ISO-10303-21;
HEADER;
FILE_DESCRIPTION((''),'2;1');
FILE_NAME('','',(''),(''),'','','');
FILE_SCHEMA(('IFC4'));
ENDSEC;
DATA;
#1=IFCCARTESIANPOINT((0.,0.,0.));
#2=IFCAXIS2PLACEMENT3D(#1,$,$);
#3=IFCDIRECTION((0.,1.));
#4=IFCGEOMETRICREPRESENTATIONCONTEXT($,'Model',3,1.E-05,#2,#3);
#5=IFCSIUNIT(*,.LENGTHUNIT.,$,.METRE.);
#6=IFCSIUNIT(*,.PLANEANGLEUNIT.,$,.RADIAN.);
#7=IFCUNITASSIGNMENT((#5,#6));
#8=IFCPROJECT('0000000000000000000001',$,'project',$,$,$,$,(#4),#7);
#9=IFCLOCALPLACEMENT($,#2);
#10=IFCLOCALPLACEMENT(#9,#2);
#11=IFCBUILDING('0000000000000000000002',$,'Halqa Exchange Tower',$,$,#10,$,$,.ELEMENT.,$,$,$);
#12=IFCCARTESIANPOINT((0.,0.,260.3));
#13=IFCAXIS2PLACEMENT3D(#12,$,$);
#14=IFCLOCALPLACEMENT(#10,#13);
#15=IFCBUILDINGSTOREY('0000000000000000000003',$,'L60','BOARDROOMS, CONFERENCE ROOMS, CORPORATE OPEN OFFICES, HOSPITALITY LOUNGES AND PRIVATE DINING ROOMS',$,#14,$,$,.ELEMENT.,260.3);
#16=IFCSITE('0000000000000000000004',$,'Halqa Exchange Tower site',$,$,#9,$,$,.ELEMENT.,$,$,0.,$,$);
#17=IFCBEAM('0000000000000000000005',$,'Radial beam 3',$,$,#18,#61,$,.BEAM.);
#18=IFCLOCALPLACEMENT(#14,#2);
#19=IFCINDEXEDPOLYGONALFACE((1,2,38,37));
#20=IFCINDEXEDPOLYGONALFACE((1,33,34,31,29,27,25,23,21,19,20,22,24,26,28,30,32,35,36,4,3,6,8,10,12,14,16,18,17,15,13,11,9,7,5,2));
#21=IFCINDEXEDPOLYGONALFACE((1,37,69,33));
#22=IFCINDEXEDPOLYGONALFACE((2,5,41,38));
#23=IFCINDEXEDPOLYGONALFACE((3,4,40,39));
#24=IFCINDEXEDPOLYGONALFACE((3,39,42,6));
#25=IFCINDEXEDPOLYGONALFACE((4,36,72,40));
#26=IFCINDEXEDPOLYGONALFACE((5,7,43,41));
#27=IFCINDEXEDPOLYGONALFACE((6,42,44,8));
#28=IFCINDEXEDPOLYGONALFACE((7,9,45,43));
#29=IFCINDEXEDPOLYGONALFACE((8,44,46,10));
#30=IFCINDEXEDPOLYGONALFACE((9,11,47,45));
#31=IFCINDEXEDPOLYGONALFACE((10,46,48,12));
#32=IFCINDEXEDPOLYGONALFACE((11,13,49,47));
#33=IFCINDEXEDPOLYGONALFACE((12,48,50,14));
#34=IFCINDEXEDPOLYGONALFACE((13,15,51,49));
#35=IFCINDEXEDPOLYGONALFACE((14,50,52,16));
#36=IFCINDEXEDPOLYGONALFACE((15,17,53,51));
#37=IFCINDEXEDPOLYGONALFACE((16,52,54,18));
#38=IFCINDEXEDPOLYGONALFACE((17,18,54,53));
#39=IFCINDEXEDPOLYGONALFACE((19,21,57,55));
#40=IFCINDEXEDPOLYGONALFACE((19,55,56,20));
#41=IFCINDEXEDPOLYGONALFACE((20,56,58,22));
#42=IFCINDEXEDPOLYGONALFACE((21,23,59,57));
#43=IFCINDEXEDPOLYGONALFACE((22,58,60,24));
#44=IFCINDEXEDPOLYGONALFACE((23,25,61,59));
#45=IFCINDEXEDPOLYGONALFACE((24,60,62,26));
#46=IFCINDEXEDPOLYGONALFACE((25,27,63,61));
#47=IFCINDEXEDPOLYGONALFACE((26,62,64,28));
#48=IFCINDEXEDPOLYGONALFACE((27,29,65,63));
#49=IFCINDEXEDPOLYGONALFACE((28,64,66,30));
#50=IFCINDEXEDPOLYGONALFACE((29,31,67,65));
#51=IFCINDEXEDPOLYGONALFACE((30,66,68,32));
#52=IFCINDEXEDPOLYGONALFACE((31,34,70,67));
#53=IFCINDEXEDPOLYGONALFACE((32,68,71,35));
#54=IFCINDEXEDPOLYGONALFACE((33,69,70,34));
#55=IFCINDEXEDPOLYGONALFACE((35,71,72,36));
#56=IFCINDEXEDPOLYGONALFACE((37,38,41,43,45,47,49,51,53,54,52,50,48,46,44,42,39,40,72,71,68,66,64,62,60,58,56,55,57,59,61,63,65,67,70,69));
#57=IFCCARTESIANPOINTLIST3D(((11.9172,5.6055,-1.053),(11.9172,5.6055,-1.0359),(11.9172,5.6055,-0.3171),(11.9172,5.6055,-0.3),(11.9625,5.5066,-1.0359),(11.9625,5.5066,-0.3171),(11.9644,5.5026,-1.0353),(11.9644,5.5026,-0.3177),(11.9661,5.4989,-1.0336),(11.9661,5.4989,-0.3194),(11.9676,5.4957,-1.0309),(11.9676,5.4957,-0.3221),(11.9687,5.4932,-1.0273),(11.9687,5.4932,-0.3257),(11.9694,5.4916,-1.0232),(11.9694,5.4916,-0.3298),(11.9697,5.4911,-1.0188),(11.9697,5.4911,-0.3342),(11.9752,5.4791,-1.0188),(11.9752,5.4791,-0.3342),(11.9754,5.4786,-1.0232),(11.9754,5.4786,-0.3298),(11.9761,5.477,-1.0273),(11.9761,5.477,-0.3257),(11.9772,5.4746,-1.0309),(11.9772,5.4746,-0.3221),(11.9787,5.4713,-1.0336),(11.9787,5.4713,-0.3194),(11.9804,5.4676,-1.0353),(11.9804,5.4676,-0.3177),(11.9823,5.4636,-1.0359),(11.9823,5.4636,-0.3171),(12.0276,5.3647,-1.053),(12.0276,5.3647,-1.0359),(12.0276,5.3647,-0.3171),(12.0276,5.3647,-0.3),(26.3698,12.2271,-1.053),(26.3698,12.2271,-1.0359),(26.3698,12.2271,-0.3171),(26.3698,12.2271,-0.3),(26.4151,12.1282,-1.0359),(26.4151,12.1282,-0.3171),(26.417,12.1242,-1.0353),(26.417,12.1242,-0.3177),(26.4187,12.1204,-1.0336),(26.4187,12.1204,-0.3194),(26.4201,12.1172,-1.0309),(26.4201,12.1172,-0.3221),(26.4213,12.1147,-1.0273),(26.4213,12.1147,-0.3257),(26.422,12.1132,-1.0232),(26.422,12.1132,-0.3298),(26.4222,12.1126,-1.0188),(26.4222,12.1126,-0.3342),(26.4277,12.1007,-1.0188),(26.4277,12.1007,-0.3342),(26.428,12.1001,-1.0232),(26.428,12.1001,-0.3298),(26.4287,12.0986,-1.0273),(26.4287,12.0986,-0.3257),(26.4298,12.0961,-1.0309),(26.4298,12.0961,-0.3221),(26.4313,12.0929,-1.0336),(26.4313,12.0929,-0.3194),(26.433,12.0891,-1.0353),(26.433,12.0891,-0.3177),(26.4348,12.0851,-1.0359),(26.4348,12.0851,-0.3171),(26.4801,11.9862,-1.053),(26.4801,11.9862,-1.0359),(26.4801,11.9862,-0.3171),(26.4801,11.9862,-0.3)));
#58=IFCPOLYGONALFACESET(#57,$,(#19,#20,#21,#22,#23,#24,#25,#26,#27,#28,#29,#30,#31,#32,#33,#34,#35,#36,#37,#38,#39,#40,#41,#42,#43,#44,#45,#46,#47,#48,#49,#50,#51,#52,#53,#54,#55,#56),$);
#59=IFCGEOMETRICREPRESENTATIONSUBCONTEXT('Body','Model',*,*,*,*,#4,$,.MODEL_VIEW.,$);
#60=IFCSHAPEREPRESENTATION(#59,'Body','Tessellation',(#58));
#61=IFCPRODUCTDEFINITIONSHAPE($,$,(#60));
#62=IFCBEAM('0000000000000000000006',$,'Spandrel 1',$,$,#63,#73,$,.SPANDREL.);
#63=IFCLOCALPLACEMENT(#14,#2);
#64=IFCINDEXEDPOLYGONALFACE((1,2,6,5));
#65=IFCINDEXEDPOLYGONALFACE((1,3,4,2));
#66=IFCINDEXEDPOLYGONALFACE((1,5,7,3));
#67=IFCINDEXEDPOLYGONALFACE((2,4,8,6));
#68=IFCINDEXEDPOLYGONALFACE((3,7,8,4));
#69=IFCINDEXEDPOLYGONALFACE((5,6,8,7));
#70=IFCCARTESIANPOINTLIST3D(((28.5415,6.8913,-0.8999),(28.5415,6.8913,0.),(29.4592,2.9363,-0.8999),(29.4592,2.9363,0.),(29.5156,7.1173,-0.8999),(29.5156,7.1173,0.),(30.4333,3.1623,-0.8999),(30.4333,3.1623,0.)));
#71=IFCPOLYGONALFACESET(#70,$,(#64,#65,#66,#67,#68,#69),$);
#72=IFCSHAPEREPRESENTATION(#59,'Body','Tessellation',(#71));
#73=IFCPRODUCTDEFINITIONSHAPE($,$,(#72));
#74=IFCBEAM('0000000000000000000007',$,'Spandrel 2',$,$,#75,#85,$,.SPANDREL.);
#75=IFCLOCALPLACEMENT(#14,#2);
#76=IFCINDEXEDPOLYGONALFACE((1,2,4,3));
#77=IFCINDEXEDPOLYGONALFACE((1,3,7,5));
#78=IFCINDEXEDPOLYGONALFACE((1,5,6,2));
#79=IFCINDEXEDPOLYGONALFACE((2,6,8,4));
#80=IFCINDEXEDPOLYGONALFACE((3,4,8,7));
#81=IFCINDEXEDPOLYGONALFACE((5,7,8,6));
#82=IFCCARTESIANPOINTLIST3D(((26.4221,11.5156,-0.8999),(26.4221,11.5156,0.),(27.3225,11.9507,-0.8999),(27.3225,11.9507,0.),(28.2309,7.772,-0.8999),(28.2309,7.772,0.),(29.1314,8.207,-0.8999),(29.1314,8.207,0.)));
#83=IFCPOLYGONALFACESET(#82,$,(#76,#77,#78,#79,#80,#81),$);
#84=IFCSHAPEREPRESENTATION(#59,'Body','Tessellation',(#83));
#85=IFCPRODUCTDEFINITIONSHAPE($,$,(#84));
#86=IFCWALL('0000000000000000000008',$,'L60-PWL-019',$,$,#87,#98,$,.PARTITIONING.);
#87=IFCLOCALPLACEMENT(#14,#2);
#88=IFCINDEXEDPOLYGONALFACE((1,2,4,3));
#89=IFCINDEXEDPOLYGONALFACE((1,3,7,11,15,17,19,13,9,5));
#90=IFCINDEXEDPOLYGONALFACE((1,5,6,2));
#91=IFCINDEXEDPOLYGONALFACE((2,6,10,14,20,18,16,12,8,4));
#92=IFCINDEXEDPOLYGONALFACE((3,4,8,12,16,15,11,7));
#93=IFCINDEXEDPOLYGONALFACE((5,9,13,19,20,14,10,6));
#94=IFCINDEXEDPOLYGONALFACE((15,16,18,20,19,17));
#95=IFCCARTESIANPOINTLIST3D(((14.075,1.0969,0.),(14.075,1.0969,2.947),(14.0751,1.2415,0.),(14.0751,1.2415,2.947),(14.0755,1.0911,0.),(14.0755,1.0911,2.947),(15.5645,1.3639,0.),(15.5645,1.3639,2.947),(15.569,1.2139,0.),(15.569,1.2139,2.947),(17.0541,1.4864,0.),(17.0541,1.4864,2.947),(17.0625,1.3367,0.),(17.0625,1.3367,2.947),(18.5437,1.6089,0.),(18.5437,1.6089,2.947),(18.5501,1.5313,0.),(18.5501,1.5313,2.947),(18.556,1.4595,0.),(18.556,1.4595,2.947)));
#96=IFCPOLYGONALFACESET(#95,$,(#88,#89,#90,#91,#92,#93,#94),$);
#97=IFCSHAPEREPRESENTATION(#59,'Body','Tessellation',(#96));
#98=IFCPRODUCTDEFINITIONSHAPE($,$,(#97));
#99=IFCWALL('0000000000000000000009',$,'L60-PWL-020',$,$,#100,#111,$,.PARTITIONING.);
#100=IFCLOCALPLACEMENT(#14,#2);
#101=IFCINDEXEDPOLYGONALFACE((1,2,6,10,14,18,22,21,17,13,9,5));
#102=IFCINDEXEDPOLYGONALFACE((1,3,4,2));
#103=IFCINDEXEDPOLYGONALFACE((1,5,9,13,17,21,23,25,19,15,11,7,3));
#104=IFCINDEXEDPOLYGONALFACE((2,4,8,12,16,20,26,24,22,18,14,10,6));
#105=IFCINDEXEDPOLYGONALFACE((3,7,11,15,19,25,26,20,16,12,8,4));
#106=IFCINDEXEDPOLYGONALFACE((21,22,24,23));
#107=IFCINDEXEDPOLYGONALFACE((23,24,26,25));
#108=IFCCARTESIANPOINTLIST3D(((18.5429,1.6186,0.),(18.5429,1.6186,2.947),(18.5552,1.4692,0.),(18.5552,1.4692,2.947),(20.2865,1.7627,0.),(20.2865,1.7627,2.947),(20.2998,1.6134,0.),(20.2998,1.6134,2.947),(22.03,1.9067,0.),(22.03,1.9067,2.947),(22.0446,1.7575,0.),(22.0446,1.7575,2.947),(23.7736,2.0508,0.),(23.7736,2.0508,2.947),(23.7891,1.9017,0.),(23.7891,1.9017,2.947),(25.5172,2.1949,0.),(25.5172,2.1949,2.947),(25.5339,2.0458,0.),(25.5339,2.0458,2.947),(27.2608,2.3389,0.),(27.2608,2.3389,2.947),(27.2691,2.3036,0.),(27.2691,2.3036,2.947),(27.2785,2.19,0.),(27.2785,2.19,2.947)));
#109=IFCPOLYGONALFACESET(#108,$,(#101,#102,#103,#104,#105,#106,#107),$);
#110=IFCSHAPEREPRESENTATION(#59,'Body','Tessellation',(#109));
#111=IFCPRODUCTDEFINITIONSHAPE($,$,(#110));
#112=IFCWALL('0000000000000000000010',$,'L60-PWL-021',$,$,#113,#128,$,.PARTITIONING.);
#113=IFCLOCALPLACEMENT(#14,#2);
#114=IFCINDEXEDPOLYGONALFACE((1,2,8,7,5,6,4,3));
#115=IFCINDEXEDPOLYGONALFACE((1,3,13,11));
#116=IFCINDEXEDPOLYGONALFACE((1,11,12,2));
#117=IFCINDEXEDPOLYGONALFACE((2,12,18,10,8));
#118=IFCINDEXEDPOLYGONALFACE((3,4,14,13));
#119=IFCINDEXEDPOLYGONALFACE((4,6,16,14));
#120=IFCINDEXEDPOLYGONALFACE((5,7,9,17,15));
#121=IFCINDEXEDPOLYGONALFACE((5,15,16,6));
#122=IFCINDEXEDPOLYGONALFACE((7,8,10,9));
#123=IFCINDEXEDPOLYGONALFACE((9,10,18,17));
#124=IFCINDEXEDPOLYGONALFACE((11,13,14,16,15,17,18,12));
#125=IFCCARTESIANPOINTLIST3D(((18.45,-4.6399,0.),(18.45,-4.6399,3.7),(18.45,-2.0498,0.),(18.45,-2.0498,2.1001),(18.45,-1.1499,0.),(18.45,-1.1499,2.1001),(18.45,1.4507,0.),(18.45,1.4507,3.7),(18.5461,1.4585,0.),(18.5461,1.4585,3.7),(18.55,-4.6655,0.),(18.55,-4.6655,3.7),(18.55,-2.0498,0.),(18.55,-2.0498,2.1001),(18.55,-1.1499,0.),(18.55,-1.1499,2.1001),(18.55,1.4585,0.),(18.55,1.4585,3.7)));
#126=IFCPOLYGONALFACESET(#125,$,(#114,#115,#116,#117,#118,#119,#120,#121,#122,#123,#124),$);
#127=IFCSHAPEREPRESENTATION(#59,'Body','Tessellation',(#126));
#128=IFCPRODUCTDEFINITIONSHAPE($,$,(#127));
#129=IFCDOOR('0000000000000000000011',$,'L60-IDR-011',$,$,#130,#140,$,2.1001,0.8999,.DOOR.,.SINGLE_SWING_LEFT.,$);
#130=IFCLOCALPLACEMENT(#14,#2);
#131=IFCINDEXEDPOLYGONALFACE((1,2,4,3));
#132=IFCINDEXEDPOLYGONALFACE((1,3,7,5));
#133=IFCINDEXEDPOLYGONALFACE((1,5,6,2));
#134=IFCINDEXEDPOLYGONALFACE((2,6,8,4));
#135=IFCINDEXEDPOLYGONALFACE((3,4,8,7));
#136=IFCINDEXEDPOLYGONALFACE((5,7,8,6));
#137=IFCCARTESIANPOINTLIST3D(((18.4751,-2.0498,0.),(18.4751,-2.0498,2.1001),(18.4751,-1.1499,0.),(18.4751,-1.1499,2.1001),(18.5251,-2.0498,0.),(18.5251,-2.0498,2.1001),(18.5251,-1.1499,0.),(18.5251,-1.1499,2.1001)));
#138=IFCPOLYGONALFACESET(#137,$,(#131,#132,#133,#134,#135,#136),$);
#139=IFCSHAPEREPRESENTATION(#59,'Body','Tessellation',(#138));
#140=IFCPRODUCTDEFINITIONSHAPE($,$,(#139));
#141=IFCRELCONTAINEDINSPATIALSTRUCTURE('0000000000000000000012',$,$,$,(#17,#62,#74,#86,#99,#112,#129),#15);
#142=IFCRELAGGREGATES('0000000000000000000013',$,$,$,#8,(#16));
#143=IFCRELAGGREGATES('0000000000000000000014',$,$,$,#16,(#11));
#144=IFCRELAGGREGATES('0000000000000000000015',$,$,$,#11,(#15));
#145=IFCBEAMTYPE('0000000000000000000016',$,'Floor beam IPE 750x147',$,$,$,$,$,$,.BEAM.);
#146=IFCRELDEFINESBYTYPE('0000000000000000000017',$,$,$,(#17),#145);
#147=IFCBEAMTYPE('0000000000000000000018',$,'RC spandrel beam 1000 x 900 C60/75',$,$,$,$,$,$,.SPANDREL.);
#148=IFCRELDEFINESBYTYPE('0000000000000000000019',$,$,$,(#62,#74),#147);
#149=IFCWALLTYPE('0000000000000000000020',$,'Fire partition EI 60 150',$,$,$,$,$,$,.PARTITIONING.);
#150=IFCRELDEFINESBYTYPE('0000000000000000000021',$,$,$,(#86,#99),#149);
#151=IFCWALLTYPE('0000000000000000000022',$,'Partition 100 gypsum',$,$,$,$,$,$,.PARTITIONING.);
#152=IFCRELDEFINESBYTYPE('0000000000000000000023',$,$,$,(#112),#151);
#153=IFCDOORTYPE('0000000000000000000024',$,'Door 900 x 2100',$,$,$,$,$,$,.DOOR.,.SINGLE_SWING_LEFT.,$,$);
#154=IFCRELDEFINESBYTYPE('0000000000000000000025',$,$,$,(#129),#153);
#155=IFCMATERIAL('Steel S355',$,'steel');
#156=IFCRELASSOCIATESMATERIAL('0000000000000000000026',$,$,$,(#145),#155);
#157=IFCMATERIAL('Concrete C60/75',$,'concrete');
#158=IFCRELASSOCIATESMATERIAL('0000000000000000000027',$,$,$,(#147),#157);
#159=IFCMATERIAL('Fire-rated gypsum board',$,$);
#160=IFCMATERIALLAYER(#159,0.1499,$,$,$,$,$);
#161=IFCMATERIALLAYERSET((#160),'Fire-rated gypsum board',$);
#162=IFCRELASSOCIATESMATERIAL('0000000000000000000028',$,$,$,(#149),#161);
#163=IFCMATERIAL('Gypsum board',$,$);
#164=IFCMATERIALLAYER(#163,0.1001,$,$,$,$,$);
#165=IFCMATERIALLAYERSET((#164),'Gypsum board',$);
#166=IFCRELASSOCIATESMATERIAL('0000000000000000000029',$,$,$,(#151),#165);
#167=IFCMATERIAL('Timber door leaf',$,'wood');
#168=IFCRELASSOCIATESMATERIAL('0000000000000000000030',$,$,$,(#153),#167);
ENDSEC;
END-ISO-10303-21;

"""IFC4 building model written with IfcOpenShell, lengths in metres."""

from ifc_helpers import new_model, si_unit, direction, frame, frame_2d, origin, origin_2d, place, context, subcontext, project, spatial, polyline, rectangle, i_section, outline, extrude, material, layer, layer_set, material_profile, profile_set, type_object, element, fill, save


model = new_model("IFC4")

# Units and contexts
model_context = context("Model", 3, precision=1e-05, world=origin(), true_north=direction((0.0, 1.0)))
body_context = subcontext(model_context, "Body", "Model", "MODEL_VIEW")
ifc_project = project(units=[si_unit("LENGTHUNIT", "METRE"), si_unit("PLANEANGLEUNIT", "RADIAN")], contexts=[model_context])

# Site, building, storey
site_placement = place(None, origin())
site = spatial("IfcSite", under=ifc_project, at=site_placement, Name="Halqa Exchange Tower site", CompositionType="ELEMENT", RefElevation=0.0)
building_placement = place(site_placement, origin())
building = spatial("IfcBuilding", under=site, at=building_placement, Name="Halqa Exchange Tower", CompositionType="ELEMENT")
storey_placement = place(building_placement, frame((0.0, 0.0, 260.3)))
storey = spatial("IfcBuildingStorey", under=building, at=storey_placement, Name="L60", Description="BOARDROOMS, CONFERENCE ROOMS, CORPORATE OPEN OFFICES, HOSPITALITY LOUNGES AND PRIVATE DINING ROOMS", CompositionType="ELEMENT", Elevation=260.3)

# Shared definitions
ifc_material_1 = material(Name="Concrete C60/75", Category="concrete")

# Beams
ifc_material_2 = material(Name="Steel S355", Category="steel")
ifc_material_profile_1 = material_profile(ifc_material_2, i_section(OverallWidth=0.2649, OverallDepth=0.7529, WebThickness=0.0132, FlangeThickness=0.0171, FilletRadius=0.0171, at=origin_2d()), Name="IPE 750x147")
ifc_profile_set_1 = profile_set([ifc_material_profile_1], Name="Steel S355")
beam_type_1 = type_object("IfcBeamType", Name="Floor beam IPE 750x147", PredefinedType="BEAM", material=ifc_profile_set_1)
beam_1_placement = place(storey_placement, frame((11.9724, 5.4851, -0.6765), z_axis=(0.909125, 0.416523, 0.0), x_axis=(-0.416523, 0.909125, 0.0)))
element("IfcBeam", 1, at=beam_1_placement, inside=storey, type_object=beam_type_1, Name="Radial beam 3", PredefinedType="BEAM", context=body_context, shape_type="SweptSolid", body=[
    extrude(i_section(OverallWidth=0.2649, OverallDepth=0.7529, WebThickness=0.0132, FlangeThickness=0.0171, FilletRadius=0.0171, at=origin_2d()), origin(), (0.0, 0.0, 1.0), 15.8972),
])
ifc_material_profile_2 = material_profile(ifc_material_1, rectangle(XDim=1.0, YDim=0.8999, at=origin_2d()), Name="1000 x 900")
ifc_profile_set_2 = profile_set([ifc_material_profile_2], Name="Concrete C60/75")
beam_type_2 = type_object("IfcBeamType", Name="RC spandrel beam 1000 x 900 C60/75", PredefinedType="SPANDREL", material=ifc_profile_set_2)
beam_2_placement = place(storey_placement, frame((29.9463, 3.0493, -0.45), z_axis=(-0.226032, 0.97412, 0.0), x_axis=(-0.97412, -0.226032, 0.0)))
element("IfcBeam", 2, at=beam_2_placement, inside=storey, type_object=beam_type_2, Name="Spandrel 1", PredefinedType="SPANDREL", context=body_context, shape_type="SweptSolid", body=[
    extrude(rectangle(XDim=1.0, YDim=0.8999, at=origin_2d()), origin(), (0.0, 0.0, 1.0), 4.0601),
])
beam_3_placement = place(storey_placement, frame((28.6812, 7.9895, -0.45), z_axis=(-0.435053, 0.900405, 0.0), x_axis=(-0.900405, -0.435053, 0.0)))
element("IfcBeam", 3, at=beam_3_placement, inside=storey, type_object=beam_type_2, Name="Spandrel 2", PredefinedType="SPANDREL", context=body_context, shape_type="SweptSolid", body=[
    extrude(rectangle(XDim=1.0, YDim=0.8999, at=origin_2d()), origin(), (0.0, 0.0, 1.0), 4.1577),
])

# Walls
ifc_material_3 = material(Name="Fire-rated gypsum board")
ifc_layer_1 = layer(ifc_material_3, 0.1499)
ifc_layer_set_1 = layer_set([ifc_layer_1], Name="Fire-rated gypsum board")
wall_type_1 = type_object("IfcWallType", Name="Fire partition EI 60 150", PredefinedType="PARTITIONING", material=ifc_layer_set_1)
wall_1_placement = place(storey_placement, frame((14.0693, 1.1658, 0.0), z_axis=(0.0, 0.0, 1.0), x_axis=(0.996637, 0.081949, 0.0)))
element("IfcWall", 4, at=wall_1_placement, inside=storey, type_object=wall_type_1, Name="L60-PWL-019", PredefinedType="PARTITIONING", context=body_context, shape_type="SweptSolid", body=[
    extrude(outline(polyline([(4.4956, -0.075), (4.4956, -0.0029), (4.4956, 0.075), (3.001, 0.075), (1.5063, 0.075), (0.012, 0.075), (0.0, -0.0691), (0.0, -0.075), (1.4985, -0.075), (2.9971, -0.075), (4.4956, -0.075)])), origin(), (0.0, 0.0, 1.0), 2.947),
])
wall_2_placement = place(storey_placement, frame((18.5491, 1.5439, 0.0), z_axis=(0.0, 0.0, 1.0), x_axis=(0.996604, 0.082339, 0.0)))
element("IfcWall", 5, at=wall_2_placement, inside=storey, type_object=wall_type_1, Name="L60-PWL-020", PredefinedType="PARTITIONING", context=body_context, shape_type="SweptSolid", body=[
    extrude(outline(polyline([(8.7529, -0.075), (8.7529, 0.0391), (8.7476, 0.075), (6.998, 0.075), (5.2485, 0.075), (3.499, 0.075), (1.7495, 0.075), (0.0, 0.075), (0.0, -0.075), (1.7505, -0.075), (3.5012, -0.075), (5.2517, -0.075), (7.0024, -0.075), (8.7529, -0.075)])), origin(), (0.0, 0.0, 1.0), 2.947),
])

# Wall, opening, door
ifc_material_4 = material(Name="Gypsum board")
ifc_layer_2 = layer(ifc_material_4, 0.1001)
ifc_layer_set_2 = layer_set([ifc_layer_2], Name="Gypsum board")
wall_type_2 = type_object("IfcWallType", Name="Partition 100 gypsum", PredefinedType="PARTITIONING", material=ifc_layer_set_2)
wall_3_placement = place(storey_placement, frame((18.5, 1.4585, 0.0), z_axis=(0.0, 0.0, 1.0), x_axis=(0.0, -1.0, 0.0)))
wall_3 = element("IfcWall", 6, at=wall_3_placement, inside=storey, type_object=wall_type_2, Name="L60-PWL-021", PredefinedType="PARTITIONING", context=body_context, shape_type="SweptSolid", body=[
    extrude(outline(polyline([(0.0078, -0.05), (1.5305, -0.05), (3.0532, -0.05), (4.5759, -0.05), (6.0984, -0.05), (6.124, 0.05), (6.124, 0.05), (4.593, 0.05), (3.062, 0.05), (1.531, 0.05), (0.0, 0.05), (0.0, 0.0461), (0.0078, -0.05)])), origin(), (0.0, 0.0, 1.0), 3.7),
])
opening_1_placement = place(wall_3_placement, frame((2.6084, 0.0, 0.0)))
opening_1 = element("IfcOpeningElement", 7, at=opening_1_placement, cuts=wall_3, PredefinedType="OPENING", context=body_context, shape_type="SweptSolid", body=[
    extrude(rectangle(XDim=0.8999, YDim=2.1001, at=frame_2d((0.45, 1.05))), frame((0.0, 0.062, 0.0), z_axis=(0.0, -1.0, 0.0), x_axis=(1.0, 0.0, 0.0)), (0.0, 0.0, 1.0), 0.124),
])
ifc_material_5 = material(Name="Timber door leaf", Category="wood")
door_type = type_object("IfcDoorType", Name="Door 900 x 2100", OperationType="SINGLE_SWING_LEFT", PredefinedType="DOOR", material=ifc_material_5)
door_placement = place(opening_1_placement, frame((0.8999, 0.0, 0.0), z_axis=(0.0, 0.0, 1.0), x_axis=(-1.0, 0.0, 0.0)))
door = element("IfcDoor", 8, at=door_placement, inside=storey, type_object=door_type, Name="L60-IDR-011", OperationType="SINGLE_SWING_LEFT", OverallHeight=2.1001, OverallWidth=0.8999, PredefinedType="DOOR", context=body_context, shape_type="SweptSolid", body=[
    extrude(rectangle(XDim=0.8999, YDim=2.1001, at=frame_2d((0.45, 1.05))), frame((0.0, 0.0249, 0.0), z_axis=(0.0, -1.0, 0.0), x_axis=(1.0, 0.0, 0.0)), (0.0, 0.0, 1.0), 0.05),
])
fill(opening_1, door)

save(model, "model.ifc")
